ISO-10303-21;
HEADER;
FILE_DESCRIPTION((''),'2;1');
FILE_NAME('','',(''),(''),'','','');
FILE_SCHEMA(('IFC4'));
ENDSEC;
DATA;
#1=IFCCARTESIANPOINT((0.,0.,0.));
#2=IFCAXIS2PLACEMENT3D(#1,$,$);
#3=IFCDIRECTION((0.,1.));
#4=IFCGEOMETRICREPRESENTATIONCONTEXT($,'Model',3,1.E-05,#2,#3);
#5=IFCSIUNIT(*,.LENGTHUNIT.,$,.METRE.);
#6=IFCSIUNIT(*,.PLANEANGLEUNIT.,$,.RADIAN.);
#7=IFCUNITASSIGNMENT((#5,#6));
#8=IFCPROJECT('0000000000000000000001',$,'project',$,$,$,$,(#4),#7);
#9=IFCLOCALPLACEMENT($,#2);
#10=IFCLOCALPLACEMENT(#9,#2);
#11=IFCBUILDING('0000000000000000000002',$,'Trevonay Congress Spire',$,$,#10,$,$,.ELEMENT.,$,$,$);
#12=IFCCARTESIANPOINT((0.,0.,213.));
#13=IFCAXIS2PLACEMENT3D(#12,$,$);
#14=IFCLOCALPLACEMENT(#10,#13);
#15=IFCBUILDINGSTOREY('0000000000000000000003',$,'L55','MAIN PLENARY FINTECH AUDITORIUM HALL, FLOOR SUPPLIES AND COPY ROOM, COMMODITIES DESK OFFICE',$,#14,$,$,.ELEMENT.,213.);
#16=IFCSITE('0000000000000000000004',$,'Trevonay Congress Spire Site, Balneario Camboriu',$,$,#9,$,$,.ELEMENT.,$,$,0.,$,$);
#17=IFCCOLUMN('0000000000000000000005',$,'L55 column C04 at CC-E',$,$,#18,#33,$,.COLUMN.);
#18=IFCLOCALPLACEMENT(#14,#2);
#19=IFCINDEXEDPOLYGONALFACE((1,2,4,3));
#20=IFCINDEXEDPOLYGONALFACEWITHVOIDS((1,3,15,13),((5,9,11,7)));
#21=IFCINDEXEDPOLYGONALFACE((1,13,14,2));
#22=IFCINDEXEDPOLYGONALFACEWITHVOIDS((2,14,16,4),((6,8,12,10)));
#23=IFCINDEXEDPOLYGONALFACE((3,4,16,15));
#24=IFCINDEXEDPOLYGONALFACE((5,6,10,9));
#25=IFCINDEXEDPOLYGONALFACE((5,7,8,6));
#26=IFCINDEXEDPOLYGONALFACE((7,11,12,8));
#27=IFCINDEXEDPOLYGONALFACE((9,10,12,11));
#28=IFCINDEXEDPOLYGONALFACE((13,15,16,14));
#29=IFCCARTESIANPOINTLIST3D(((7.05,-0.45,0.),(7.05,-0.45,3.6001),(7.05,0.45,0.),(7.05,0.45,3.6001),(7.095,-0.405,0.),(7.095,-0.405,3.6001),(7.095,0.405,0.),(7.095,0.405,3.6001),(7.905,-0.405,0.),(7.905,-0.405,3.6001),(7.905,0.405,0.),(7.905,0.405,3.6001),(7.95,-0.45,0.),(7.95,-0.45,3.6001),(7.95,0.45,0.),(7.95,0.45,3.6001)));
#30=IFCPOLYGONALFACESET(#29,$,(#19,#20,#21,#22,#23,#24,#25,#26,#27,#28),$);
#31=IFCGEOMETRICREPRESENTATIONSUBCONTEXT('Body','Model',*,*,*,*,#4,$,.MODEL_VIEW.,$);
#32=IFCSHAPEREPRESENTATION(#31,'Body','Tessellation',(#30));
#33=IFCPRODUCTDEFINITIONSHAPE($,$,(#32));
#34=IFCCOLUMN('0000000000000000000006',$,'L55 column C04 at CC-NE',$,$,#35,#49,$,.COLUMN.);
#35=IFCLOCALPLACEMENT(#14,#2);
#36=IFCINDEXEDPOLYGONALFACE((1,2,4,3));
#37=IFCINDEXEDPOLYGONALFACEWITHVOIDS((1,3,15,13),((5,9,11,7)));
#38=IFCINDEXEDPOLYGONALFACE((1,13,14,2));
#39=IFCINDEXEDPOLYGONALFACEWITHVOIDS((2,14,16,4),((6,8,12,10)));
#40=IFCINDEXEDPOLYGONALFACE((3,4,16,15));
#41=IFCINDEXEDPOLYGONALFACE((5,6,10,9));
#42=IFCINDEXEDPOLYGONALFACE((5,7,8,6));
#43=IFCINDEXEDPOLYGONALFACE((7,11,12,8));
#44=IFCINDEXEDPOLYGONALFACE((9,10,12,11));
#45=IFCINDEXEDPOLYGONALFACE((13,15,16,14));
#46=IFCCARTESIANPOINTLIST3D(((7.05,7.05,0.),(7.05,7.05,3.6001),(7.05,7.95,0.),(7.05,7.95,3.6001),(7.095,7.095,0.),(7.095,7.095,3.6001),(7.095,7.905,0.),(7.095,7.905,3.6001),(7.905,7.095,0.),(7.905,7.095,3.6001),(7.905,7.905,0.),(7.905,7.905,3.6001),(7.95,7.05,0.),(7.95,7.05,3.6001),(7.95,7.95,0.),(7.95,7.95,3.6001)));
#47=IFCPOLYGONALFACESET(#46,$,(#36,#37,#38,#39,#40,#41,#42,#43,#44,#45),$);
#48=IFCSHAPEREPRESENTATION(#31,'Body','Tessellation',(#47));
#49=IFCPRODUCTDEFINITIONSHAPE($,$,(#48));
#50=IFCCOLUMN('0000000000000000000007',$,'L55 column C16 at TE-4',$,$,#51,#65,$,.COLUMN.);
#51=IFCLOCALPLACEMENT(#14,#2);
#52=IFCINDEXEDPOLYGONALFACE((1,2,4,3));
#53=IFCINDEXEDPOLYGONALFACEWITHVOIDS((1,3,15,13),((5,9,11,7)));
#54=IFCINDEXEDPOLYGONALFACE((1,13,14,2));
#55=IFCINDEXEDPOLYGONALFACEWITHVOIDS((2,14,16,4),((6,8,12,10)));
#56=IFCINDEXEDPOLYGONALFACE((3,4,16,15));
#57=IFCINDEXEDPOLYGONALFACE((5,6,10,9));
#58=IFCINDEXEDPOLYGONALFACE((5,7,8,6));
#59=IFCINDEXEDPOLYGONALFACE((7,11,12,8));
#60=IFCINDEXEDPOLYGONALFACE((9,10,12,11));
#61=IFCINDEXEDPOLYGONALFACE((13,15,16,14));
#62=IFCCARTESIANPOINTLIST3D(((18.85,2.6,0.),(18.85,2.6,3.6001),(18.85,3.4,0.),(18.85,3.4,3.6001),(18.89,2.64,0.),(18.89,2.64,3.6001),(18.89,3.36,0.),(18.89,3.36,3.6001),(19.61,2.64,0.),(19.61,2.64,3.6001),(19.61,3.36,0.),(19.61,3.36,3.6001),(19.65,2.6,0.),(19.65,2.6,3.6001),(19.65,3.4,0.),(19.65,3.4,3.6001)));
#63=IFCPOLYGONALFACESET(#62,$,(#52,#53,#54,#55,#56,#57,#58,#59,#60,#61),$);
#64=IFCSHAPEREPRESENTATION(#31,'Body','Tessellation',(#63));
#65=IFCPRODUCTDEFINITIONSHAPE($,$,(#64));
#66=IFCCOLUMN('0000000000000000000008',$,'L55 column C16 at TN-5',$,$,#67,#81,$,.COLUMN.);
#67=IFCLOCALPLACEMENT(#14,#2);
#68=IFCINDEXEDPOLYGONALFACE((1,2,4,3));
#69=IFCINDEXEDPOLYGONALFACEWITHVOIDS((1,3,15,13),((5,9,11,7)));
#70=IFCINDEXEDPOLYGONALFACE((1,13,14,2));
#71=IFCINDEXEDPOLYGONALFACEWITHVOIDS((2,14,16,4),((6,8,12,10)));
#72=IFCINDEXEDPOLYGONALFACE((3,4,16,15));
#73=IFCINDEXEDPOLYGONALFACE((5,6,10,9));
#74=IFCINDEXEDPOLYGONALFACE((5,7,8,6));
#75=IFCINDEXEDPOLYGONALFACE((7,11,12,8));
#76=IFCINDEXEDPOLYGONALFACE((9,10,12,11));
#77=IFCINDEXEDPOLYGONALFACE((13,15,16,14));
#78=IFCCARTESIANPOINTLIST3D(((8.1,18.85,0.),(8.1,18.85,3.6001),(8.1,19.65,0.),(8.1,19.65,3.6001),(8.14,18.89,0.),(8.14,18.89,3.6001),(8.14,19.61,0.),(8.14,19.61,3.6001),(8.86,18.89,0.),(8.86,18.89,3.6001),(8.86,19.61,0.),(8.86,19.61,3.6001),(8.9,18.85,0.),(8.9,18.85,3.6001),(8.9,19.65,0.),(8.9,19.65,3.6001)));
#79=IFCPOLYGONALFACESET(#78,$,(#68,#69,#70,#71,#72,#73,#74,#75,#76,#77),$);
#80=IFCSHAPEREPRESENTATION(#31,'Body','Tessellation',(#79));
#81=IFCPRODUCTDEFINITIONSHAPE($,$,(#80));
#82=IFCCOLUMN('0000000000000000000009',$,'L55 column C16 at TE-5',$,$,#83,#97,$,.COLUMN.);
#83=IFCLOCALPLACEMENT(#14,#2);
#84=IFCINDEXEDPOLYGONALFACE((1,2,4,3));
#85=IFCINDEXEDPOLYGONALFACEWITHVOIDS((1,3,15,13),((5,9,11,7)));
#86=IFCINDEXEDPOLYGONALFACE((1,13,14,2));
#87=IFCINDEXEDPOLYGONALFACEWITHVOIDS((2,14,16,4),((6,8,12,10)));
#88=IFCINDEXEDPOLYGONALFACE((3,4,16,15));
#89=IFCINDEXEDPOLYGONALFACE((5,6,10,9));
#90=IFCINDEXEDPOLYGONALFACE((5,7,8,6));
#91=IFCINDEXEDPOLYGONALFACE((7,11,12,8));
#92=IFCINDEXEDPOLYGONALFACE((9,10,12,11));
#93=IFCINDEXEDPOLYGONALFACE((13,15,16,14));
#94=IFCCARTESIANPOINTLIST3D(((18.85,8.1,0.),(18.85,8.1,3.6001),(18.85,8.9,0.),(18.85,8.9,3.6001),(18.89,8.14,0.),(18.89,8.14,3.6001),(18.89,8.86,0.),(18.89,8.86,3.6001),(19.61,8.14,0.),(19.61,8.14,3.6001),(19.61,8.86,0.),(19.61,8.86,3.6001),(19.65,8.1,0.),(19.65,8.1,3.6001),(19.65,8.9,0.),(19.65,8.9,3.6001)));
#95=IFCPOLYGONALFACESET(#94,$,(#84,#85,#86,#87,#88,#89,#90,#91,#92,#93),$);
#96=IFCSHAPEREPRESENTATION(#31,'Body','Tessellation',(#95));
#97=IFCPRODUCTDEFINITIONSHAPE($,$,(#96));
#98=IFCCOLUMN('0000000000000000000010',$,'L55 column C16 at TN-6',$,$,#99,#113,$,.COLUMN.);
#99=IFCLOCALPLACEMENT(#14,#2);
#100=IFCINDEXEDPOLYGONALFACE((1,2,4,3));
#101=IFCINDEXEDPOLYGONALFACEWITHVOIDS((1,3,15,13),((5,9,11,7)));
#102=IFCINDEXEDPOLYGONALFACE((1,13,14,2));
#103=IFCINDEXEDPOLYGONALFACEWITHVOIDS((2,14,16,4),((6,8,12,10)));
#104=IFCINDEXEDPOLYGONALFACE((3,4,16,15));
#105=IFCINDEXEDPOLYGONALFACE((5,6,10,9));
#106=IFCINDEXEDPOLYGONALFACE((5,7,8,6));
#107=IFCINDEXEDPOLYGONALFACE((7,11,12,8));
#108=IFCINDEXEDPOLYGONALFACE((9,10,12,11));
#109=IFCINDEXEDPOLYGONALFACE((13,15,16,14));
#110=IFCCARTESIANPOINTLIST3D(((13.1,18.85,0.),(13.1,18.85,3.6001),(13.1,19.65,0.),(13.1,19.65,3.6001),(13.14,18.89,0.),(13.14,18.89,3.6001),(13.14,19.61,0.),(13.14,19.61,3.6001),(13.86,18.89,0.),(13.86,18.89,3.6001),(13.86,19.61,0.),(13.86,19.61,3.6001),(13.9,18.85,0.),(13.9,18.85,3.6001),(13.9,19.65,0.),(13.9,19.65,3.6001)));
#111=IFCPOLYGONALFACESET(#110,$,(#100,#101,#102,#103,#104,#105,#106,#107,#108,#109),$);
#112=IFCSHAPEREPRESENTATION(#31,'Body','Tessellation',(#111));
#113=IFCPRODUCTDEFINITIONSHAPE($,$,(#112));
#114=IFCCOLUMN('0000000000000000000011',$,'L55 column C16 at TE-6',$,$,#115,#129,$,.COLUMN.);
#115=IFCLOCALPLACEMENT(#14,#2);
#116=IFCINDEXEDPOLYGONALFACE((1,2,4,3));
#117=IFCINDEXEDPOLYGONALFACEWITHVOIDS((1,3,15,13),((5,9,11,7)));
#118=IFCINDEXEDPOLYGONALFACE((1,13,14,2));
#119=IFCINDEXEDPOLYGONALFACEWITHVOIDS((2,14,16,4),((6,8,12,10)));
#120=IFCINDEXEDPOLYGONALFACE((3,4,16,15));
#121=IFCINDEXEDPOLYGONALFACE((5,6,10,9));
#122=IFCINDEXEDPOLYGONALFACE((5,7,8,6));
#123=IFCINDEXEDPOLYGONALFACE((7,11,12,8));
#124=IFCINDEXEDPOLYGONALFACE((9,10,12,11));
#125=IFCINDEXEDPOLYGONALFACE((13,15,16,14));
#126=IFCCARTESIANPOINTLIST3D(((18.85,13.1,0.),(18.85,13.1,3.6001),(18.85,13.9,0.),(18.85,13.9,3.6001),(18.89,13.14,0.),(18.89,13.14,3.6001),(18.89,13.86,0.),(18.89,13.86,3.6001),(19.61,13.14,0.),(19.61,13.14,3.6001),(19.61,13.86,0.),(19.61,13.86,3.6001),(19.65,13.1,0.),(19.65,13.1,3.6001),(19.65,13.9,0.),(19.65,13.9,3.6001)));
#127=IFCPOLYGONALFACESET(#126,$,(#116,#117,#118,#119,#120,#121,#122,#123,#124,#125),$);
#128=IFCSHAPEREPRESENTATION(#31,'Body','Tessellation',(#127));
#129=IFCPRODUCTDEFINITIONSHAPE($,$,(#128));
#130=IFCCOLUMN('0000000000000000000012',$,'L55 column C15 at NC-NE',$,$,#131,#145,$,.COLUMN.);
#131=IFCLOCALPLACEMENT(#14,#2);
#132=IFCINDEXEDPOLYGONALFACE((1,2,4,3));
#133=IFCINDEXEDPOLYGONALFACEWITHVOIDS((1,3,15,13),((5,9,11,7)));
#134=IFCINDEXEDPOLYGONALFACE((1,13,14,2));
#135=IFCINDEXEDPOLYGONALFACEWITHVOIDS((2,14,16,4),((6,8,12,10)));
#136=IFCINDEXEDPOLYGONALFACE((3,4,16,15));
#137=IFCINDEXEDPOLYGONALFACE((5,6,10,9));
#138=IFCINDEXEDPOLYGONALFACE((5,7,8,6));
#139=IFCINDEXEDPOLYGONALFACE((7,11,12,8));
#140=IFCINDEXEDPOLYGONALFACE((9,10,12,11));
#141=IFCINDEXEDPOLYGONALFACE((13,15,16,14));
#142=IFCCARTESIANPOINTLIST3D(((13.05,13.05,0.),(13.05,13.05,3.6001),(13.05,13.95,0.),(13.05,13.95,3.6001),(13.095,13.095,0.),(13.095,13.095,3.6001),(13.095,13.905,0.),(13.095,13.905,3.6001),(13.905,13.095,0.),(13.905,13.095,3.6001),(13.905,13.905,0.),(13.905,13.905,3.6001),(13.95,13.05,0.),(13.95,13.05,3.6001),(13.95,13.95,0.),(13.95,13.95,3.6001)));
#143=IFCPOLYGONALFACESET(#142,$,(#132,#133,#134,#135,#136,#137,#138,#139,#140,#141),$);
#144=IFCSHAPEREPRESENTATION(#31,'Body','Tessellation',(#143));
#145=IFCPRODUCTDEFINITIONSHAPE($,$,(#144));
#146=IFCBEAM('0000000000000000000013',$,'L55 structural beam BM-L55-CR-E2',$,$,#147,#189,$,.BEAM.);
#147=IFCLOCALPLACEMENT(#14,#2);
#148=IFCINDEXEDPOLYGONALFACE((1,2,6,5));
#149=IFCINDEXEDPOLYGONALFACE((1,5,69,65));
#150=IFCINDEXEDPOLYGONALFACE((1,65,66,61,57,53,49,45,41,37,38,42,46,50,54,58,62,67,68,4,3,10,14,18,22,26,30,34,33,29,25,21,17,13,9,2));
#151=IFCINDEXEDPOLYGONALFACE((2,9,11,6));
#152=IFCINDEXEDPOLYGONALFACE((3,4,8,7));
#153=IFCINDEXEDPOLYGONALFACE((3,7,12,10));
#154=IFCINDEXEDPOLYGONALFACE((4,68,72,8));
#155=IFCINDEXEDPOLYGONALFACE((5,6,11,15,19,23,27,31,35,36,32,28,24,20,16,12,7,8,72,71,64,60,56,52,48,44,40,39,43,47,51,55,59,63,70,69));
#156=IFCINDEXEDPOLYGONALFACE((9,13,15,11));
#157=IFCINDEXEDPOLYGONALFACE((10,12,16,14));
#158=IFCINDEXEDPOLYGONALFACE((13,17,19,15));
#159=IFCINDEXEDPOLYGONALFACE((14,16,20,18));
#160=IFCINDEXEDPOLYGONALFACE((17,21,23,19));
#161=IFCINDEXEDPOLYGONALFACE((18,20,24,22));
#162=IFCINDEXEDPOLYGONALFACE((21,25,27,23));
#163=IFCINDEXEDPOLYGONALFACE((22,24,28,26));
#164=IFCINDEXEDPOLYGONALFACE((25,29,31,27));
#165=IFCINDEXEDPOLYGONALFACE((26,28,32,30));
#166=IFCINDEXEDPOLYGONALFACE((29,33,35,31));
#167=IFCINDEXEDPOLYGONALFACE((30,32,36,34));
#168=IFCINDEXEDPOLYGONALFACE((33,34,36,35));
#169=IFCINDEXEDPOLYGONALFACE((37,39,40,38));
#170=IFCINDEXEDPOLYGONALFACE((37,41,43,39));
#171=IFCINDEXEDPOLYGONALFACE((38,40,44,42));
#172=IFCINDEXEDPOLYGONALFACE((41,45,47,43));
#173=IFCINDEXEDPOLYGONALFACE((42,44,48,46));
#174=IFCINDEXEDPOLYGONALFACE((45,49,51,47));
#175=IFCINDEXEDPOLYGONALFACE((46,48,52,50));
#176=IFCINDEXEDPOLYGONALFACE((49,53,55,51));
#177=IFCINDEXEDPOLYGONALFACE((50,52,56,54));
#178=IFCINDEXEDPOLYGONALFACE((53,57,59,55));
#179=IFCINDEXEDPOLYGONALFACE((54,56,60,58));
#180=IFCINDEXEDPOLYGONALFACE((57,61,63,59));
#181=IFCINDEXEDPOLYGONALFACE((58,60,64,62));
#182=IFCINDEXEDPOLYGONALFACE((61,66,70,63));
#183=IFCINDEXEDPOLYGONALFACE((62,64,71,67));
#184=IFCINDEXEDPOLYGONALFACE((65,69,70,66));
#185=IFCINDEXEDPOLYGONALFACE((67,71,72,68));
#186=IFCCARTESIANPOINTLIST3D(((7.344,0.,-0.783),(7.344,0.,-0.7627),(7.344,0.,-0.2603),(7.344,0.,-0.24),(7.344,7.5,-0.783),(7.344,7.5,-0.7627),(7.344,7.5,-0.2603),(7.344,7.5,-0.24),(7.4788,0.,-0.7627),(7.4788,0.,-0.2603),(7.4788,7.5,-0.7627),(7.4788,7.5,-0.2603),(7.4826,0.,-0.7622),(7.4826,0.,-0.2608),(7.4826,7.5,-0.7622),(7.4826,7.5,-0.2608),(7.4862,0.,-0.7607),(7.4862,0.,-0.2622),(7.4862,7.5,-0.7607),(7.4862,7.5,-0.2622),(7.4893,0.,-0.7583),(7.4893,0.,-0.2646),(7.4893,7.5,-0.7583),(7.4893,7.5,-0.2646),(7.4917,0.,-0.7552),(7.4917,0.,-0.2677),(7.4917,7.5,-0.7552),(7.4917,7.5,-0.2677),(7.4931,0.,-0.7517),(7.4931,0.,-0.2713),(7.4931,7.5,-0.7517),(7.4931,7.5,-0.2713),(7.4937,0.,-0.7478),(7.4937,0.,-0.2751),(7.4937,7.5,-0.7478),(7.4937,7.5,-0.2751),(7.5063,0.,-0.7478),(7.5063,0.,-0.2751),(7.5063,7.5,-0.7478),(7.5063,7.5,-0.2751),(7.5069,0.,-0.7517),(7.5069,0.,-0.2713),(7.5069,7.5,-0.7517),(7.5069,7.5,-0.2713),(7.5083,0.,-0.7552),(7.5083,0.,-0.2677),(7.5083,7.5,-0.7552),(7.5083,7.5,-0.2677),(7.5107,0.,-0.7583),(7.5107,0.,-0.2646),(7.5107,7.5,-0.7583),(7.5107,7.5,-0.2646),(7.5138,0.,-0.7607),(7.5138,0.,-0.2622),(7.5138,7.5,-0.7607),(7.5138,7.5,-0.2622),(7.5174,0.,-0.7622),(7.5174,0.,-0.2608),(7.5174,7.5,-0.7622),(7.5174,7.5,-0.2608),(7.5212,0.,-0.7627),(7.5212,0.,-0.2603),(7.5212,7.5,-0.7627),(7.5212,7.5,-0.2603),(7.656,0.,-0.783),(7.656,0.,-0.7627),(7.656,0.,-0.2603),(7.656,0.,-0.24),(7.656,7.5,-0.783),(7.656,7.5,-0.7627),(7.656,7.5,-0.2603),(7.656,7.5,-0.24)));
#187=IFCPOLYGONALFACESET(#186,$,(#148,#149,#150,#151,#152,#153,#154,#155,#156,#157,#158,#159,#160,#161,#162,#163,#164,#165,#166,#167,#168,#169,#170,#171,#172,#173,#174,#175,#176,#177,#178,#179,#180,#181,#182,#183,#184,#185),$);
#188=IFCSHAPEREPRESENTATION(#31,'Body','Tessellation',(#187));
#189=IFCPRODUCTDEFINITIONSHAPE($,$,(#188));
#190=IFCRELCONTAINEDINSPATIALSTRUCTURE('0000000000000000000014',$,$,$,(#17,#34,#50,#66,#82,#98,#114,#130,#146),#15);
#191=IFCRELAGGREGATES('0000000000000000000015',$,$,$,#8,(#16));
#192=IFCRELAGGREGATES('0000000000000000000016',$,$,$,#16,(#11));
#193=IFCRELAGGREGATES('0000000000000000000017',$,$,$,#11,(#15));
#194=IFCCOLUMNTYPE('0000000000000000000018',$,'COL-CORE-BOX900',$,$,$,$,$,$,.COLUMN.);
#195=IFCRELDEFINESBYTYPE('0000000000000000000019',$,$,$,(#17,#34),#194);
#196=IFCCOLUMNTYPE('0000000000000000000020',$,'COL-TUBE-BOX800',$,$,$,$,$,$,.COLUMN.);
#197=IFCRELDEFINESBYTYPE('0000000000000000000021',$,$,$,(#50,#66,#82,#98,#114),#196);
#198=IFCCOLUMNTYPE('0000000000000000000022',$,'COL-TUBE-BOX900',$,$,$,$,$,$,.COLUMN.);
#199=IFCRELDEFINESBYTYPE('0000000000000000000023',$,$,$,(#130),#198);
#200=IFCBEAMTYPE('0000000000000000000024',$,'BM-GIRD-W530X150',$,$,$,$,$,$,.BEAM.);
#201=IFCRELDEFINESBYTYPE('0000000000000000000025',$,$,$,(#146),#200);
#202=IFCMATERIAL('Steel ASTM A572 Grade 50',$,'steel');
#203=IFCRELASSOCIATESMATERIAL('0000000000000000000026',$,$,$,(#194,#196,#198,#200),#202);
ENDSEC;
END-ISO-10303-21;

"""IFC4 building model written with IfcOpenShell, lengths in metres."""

from ifc_helpers import new_model, si_unit, direction, frame, origin, origin_2d, place, context, subcontext, project, spatial, hollow_rectangle, i_section, extrude, material, material_profile, profile_set, type_object, element, save


model = new_model("IFC4")

# Units and contexts
model_context = context("Model", 3, precision=1e-05, world=origin(), true_north=direction((0.0, 1.0)))
body_context = subcontext(model_context, "Body", "Model", "MODEL_VIEW")
ifc_project = project(units=[si_unit("LENGTHUNIT", "METRE"), si_unit("PLANEANGLEUNIT", "RADIAN")], contexts=[model_context])

# Site, building, storey
site_placement = place(None, origin())
site = spatial("IfcSite", under=ifc_project, at=site_placement, Name="Trevonay Congress Spire Site, Balneario Camboriu", CompositionType="ELEMENT", RefElevation=0.0)
building_placement = place(site_placement, origin())
building = spatial("IfcBuilding", under=site, at=building_placement, Name="Trevonay Congress Spire", CompositionType="ELEMENT")
storey_placement = place(building_placement, frame((0.0, 0.0, 213.0)))
storey = spatial("IfcBuildingStorey", under=building, at=storey_placement, Name="L55", Description="MAIN PLENARY FINTECH AUDITORIUM HALL, FLOOR SUPPLIES AND COPY ROOM, COMMODITIES DESK OFFICE", CompositionType="ELEMENT", Elevation=213.0)

# Columns
ifc_material_1 = material(Name="Steel ASTM A572 Grade 50", Category="steel")
ifc_material_profile_1 = material_profile(ifc_material_1, hollow_rectangle(XDim=0.8999, YDim=0.8999, WallThickness=0.0449, at=origin_2d()), Name="BOX 900x900x45")
ifc_profile_set_1 = profile_set([ifc_material_profile_1], Name="Steel ASTM A572 Grade 50")
column_type_1 = type_object("IfcColumnType", Name="COL-CORE-BOX900", PredefinedType="COLUMN", material=ifc_profile_set_1)
for number, where, z_axis, x_axis, name in (
    (1, (7.5, 0.0, 0.0), (0.0, 0.0, 1.0), (1.0, 0.0, 0.0), "L55 column C04 at CC-E"),
    (2, (7.5, 7.5, 0.0), (0.0, 0.0, 1.0), (1.0, 0.0, 0.0), "L55 column C04 at CC-NE"),
):
    element("IfcColumn", number, at=place(storey_placement, frame(where, z_axis=z_axis, x_axis=x_axis)), inside=storey, type_object=column_type_1, Name=name, PredefinedType="COLUMN", context=body_context, shape_type="SweptSolid", body=[
        extrude(hollow_rectangle(XDim=0.8999, YDim=0.8999, WallThickness=0.0449, at=origin_2d()), origin(), (0.0, 0.0, 1.0), 3.6001),
    ])
ifc_material_profile_2 = material_profile(ifc_material_1, hollow_rectangle(XDim=0.8, YDim=0.8, WallThickness=0.04, at=origin_2d()), Name="BOX 800x800x40")
ifc_profile_set_2 = profile_set([ifc_material_profile_2], Name="Steel ASTM A572 Grade 50")
column_type_2 = type_object("IfcColumnType", Name="COL-TUBE-BOX800", PredefinedType="COLUMN", material=ifc_profile_set_2)
for number, where, z_axis, x_axis, name in (
    (3, (19.25, 3.0, 0.0), (0.0, 0.0, 1.0), (1.0, 0.0, 0.0), "L55 column C16 at TE-4"),
    (4, (8.5, 19.25, 0.0), (0.0, 0.0, 1.0), (1.0, 0.0, 0.0), "L55 column C16 at TN-5"),
    (5, (19.25, 8.5, 0.0), (0.0, 0.0, 1.0), (1.0, 0.0, 0.0), "L55 column C16 at TE-5"),
    (6, (13.5, 19.25, 0.0), (0.0, 0.0, 1.0), (1.0, 0.0, 0.0), "L55 column C16 at TN-6"),
    (7, (19.25, 13.5, 0.0), (0.0, 0.0, 1.0), (1.0, 0.0, 0.0), "L55 column C16 at TE-6"),
):
    element("IfcColumn", number, at=place(storey_placement, frame(where, z_axis=z_axis, x_axis=x_axis)), inside=storey, type_object=column_type_2, Name=name, PredefinedType="COLUMN", context=body_context, shape_type="SweptSolid", body=[
        extrude(hollow_rectangle(XDim=0.8, YDim=0.8, WallThickness=0.04, at=origin_2d()), origin(), (0.0, 0.0, 1.0), 3.6001),
    ])
ifc_material_profile_3 = material_profile(ifc_material_1, hollow_rectangle(XDim=0.8999, YDim=0.8999, WallThickness=0.0449, at=origin_2d()), Name="BOX 900x900x45")
ifc_profile_set_3 = profile_set([ifc_material_profile_3], Name="Steel ASTM A572 Grade 50")
column_type_3 = type_object("IfcColumnType", Name="COL-TUBE-BOX900", PredefinedType="COLUMN", material=ifc_profile_set_3)
column_placement = place(storey_placement, frame((13.5, 13.5, 0.0), z_axis=(0.0, 0.0, 1.0), x_axis=(1.0, 0.0, 0.0)))
element("IfcColumn", 8, at=column_placement, inside=storey, type_object=column_type_3, Name="L55 column C15 at NC-NE", PredefinedType="COLUMN", context=body_context, shape_type="SweptSolid", body=[
    extrude(hollow_rectangle(XDim=0.8999, YDim=0.8999, WallThickness=0.0449, at=origin_2d()), origin(), (0.0, 0.0, 1.0), 3.6001),
])

# Beam
ifc_material_profile_4 = material_profile(ifc_material_1, i_section(OverallWidth=0.312, OverallDepth=0.543, WebThickness=0.0127, FlangeThickness=0.0203, FilletRadius=0.0149, at=origin_2d()), Name="W530x150")
ifc_profile_set_4 = profile_set([ifc_material_profile_4], Name="Steel ASTM A572 Grade 50")
beam_type_1 = type_object("IfcBeamType", Name="BM-GIRD-W530X150", PredefinedType="BEAM", material=ifc_profile_set_4)
beam_1_placement = place(storey_placement, frame((7.5, 0.0, -0.5115), z_axis=(0.0, 1.0, 0.0), x_axis=(-1.0, 0.0, 0.0)))
element("IfcBeam", 9, at=beam_1_placement, inside=storey, type_object=beam_type_1, Name="L55 structural beam BM-L55-CR-E2", PredefinedType="BEAM", context=body_context, shape_type="SweptSolid", body=[
    extrude(i_section(OverallWidth=0.312, OverallDepth=0.543, WebThickness=0.0127, FlangeThickness=0.0203, FilletRadius=0.0149, at=origin_2d()), origin(), (0.0, 0.0, 1.0), 7.5),
])

save(model, "model.ifc")
